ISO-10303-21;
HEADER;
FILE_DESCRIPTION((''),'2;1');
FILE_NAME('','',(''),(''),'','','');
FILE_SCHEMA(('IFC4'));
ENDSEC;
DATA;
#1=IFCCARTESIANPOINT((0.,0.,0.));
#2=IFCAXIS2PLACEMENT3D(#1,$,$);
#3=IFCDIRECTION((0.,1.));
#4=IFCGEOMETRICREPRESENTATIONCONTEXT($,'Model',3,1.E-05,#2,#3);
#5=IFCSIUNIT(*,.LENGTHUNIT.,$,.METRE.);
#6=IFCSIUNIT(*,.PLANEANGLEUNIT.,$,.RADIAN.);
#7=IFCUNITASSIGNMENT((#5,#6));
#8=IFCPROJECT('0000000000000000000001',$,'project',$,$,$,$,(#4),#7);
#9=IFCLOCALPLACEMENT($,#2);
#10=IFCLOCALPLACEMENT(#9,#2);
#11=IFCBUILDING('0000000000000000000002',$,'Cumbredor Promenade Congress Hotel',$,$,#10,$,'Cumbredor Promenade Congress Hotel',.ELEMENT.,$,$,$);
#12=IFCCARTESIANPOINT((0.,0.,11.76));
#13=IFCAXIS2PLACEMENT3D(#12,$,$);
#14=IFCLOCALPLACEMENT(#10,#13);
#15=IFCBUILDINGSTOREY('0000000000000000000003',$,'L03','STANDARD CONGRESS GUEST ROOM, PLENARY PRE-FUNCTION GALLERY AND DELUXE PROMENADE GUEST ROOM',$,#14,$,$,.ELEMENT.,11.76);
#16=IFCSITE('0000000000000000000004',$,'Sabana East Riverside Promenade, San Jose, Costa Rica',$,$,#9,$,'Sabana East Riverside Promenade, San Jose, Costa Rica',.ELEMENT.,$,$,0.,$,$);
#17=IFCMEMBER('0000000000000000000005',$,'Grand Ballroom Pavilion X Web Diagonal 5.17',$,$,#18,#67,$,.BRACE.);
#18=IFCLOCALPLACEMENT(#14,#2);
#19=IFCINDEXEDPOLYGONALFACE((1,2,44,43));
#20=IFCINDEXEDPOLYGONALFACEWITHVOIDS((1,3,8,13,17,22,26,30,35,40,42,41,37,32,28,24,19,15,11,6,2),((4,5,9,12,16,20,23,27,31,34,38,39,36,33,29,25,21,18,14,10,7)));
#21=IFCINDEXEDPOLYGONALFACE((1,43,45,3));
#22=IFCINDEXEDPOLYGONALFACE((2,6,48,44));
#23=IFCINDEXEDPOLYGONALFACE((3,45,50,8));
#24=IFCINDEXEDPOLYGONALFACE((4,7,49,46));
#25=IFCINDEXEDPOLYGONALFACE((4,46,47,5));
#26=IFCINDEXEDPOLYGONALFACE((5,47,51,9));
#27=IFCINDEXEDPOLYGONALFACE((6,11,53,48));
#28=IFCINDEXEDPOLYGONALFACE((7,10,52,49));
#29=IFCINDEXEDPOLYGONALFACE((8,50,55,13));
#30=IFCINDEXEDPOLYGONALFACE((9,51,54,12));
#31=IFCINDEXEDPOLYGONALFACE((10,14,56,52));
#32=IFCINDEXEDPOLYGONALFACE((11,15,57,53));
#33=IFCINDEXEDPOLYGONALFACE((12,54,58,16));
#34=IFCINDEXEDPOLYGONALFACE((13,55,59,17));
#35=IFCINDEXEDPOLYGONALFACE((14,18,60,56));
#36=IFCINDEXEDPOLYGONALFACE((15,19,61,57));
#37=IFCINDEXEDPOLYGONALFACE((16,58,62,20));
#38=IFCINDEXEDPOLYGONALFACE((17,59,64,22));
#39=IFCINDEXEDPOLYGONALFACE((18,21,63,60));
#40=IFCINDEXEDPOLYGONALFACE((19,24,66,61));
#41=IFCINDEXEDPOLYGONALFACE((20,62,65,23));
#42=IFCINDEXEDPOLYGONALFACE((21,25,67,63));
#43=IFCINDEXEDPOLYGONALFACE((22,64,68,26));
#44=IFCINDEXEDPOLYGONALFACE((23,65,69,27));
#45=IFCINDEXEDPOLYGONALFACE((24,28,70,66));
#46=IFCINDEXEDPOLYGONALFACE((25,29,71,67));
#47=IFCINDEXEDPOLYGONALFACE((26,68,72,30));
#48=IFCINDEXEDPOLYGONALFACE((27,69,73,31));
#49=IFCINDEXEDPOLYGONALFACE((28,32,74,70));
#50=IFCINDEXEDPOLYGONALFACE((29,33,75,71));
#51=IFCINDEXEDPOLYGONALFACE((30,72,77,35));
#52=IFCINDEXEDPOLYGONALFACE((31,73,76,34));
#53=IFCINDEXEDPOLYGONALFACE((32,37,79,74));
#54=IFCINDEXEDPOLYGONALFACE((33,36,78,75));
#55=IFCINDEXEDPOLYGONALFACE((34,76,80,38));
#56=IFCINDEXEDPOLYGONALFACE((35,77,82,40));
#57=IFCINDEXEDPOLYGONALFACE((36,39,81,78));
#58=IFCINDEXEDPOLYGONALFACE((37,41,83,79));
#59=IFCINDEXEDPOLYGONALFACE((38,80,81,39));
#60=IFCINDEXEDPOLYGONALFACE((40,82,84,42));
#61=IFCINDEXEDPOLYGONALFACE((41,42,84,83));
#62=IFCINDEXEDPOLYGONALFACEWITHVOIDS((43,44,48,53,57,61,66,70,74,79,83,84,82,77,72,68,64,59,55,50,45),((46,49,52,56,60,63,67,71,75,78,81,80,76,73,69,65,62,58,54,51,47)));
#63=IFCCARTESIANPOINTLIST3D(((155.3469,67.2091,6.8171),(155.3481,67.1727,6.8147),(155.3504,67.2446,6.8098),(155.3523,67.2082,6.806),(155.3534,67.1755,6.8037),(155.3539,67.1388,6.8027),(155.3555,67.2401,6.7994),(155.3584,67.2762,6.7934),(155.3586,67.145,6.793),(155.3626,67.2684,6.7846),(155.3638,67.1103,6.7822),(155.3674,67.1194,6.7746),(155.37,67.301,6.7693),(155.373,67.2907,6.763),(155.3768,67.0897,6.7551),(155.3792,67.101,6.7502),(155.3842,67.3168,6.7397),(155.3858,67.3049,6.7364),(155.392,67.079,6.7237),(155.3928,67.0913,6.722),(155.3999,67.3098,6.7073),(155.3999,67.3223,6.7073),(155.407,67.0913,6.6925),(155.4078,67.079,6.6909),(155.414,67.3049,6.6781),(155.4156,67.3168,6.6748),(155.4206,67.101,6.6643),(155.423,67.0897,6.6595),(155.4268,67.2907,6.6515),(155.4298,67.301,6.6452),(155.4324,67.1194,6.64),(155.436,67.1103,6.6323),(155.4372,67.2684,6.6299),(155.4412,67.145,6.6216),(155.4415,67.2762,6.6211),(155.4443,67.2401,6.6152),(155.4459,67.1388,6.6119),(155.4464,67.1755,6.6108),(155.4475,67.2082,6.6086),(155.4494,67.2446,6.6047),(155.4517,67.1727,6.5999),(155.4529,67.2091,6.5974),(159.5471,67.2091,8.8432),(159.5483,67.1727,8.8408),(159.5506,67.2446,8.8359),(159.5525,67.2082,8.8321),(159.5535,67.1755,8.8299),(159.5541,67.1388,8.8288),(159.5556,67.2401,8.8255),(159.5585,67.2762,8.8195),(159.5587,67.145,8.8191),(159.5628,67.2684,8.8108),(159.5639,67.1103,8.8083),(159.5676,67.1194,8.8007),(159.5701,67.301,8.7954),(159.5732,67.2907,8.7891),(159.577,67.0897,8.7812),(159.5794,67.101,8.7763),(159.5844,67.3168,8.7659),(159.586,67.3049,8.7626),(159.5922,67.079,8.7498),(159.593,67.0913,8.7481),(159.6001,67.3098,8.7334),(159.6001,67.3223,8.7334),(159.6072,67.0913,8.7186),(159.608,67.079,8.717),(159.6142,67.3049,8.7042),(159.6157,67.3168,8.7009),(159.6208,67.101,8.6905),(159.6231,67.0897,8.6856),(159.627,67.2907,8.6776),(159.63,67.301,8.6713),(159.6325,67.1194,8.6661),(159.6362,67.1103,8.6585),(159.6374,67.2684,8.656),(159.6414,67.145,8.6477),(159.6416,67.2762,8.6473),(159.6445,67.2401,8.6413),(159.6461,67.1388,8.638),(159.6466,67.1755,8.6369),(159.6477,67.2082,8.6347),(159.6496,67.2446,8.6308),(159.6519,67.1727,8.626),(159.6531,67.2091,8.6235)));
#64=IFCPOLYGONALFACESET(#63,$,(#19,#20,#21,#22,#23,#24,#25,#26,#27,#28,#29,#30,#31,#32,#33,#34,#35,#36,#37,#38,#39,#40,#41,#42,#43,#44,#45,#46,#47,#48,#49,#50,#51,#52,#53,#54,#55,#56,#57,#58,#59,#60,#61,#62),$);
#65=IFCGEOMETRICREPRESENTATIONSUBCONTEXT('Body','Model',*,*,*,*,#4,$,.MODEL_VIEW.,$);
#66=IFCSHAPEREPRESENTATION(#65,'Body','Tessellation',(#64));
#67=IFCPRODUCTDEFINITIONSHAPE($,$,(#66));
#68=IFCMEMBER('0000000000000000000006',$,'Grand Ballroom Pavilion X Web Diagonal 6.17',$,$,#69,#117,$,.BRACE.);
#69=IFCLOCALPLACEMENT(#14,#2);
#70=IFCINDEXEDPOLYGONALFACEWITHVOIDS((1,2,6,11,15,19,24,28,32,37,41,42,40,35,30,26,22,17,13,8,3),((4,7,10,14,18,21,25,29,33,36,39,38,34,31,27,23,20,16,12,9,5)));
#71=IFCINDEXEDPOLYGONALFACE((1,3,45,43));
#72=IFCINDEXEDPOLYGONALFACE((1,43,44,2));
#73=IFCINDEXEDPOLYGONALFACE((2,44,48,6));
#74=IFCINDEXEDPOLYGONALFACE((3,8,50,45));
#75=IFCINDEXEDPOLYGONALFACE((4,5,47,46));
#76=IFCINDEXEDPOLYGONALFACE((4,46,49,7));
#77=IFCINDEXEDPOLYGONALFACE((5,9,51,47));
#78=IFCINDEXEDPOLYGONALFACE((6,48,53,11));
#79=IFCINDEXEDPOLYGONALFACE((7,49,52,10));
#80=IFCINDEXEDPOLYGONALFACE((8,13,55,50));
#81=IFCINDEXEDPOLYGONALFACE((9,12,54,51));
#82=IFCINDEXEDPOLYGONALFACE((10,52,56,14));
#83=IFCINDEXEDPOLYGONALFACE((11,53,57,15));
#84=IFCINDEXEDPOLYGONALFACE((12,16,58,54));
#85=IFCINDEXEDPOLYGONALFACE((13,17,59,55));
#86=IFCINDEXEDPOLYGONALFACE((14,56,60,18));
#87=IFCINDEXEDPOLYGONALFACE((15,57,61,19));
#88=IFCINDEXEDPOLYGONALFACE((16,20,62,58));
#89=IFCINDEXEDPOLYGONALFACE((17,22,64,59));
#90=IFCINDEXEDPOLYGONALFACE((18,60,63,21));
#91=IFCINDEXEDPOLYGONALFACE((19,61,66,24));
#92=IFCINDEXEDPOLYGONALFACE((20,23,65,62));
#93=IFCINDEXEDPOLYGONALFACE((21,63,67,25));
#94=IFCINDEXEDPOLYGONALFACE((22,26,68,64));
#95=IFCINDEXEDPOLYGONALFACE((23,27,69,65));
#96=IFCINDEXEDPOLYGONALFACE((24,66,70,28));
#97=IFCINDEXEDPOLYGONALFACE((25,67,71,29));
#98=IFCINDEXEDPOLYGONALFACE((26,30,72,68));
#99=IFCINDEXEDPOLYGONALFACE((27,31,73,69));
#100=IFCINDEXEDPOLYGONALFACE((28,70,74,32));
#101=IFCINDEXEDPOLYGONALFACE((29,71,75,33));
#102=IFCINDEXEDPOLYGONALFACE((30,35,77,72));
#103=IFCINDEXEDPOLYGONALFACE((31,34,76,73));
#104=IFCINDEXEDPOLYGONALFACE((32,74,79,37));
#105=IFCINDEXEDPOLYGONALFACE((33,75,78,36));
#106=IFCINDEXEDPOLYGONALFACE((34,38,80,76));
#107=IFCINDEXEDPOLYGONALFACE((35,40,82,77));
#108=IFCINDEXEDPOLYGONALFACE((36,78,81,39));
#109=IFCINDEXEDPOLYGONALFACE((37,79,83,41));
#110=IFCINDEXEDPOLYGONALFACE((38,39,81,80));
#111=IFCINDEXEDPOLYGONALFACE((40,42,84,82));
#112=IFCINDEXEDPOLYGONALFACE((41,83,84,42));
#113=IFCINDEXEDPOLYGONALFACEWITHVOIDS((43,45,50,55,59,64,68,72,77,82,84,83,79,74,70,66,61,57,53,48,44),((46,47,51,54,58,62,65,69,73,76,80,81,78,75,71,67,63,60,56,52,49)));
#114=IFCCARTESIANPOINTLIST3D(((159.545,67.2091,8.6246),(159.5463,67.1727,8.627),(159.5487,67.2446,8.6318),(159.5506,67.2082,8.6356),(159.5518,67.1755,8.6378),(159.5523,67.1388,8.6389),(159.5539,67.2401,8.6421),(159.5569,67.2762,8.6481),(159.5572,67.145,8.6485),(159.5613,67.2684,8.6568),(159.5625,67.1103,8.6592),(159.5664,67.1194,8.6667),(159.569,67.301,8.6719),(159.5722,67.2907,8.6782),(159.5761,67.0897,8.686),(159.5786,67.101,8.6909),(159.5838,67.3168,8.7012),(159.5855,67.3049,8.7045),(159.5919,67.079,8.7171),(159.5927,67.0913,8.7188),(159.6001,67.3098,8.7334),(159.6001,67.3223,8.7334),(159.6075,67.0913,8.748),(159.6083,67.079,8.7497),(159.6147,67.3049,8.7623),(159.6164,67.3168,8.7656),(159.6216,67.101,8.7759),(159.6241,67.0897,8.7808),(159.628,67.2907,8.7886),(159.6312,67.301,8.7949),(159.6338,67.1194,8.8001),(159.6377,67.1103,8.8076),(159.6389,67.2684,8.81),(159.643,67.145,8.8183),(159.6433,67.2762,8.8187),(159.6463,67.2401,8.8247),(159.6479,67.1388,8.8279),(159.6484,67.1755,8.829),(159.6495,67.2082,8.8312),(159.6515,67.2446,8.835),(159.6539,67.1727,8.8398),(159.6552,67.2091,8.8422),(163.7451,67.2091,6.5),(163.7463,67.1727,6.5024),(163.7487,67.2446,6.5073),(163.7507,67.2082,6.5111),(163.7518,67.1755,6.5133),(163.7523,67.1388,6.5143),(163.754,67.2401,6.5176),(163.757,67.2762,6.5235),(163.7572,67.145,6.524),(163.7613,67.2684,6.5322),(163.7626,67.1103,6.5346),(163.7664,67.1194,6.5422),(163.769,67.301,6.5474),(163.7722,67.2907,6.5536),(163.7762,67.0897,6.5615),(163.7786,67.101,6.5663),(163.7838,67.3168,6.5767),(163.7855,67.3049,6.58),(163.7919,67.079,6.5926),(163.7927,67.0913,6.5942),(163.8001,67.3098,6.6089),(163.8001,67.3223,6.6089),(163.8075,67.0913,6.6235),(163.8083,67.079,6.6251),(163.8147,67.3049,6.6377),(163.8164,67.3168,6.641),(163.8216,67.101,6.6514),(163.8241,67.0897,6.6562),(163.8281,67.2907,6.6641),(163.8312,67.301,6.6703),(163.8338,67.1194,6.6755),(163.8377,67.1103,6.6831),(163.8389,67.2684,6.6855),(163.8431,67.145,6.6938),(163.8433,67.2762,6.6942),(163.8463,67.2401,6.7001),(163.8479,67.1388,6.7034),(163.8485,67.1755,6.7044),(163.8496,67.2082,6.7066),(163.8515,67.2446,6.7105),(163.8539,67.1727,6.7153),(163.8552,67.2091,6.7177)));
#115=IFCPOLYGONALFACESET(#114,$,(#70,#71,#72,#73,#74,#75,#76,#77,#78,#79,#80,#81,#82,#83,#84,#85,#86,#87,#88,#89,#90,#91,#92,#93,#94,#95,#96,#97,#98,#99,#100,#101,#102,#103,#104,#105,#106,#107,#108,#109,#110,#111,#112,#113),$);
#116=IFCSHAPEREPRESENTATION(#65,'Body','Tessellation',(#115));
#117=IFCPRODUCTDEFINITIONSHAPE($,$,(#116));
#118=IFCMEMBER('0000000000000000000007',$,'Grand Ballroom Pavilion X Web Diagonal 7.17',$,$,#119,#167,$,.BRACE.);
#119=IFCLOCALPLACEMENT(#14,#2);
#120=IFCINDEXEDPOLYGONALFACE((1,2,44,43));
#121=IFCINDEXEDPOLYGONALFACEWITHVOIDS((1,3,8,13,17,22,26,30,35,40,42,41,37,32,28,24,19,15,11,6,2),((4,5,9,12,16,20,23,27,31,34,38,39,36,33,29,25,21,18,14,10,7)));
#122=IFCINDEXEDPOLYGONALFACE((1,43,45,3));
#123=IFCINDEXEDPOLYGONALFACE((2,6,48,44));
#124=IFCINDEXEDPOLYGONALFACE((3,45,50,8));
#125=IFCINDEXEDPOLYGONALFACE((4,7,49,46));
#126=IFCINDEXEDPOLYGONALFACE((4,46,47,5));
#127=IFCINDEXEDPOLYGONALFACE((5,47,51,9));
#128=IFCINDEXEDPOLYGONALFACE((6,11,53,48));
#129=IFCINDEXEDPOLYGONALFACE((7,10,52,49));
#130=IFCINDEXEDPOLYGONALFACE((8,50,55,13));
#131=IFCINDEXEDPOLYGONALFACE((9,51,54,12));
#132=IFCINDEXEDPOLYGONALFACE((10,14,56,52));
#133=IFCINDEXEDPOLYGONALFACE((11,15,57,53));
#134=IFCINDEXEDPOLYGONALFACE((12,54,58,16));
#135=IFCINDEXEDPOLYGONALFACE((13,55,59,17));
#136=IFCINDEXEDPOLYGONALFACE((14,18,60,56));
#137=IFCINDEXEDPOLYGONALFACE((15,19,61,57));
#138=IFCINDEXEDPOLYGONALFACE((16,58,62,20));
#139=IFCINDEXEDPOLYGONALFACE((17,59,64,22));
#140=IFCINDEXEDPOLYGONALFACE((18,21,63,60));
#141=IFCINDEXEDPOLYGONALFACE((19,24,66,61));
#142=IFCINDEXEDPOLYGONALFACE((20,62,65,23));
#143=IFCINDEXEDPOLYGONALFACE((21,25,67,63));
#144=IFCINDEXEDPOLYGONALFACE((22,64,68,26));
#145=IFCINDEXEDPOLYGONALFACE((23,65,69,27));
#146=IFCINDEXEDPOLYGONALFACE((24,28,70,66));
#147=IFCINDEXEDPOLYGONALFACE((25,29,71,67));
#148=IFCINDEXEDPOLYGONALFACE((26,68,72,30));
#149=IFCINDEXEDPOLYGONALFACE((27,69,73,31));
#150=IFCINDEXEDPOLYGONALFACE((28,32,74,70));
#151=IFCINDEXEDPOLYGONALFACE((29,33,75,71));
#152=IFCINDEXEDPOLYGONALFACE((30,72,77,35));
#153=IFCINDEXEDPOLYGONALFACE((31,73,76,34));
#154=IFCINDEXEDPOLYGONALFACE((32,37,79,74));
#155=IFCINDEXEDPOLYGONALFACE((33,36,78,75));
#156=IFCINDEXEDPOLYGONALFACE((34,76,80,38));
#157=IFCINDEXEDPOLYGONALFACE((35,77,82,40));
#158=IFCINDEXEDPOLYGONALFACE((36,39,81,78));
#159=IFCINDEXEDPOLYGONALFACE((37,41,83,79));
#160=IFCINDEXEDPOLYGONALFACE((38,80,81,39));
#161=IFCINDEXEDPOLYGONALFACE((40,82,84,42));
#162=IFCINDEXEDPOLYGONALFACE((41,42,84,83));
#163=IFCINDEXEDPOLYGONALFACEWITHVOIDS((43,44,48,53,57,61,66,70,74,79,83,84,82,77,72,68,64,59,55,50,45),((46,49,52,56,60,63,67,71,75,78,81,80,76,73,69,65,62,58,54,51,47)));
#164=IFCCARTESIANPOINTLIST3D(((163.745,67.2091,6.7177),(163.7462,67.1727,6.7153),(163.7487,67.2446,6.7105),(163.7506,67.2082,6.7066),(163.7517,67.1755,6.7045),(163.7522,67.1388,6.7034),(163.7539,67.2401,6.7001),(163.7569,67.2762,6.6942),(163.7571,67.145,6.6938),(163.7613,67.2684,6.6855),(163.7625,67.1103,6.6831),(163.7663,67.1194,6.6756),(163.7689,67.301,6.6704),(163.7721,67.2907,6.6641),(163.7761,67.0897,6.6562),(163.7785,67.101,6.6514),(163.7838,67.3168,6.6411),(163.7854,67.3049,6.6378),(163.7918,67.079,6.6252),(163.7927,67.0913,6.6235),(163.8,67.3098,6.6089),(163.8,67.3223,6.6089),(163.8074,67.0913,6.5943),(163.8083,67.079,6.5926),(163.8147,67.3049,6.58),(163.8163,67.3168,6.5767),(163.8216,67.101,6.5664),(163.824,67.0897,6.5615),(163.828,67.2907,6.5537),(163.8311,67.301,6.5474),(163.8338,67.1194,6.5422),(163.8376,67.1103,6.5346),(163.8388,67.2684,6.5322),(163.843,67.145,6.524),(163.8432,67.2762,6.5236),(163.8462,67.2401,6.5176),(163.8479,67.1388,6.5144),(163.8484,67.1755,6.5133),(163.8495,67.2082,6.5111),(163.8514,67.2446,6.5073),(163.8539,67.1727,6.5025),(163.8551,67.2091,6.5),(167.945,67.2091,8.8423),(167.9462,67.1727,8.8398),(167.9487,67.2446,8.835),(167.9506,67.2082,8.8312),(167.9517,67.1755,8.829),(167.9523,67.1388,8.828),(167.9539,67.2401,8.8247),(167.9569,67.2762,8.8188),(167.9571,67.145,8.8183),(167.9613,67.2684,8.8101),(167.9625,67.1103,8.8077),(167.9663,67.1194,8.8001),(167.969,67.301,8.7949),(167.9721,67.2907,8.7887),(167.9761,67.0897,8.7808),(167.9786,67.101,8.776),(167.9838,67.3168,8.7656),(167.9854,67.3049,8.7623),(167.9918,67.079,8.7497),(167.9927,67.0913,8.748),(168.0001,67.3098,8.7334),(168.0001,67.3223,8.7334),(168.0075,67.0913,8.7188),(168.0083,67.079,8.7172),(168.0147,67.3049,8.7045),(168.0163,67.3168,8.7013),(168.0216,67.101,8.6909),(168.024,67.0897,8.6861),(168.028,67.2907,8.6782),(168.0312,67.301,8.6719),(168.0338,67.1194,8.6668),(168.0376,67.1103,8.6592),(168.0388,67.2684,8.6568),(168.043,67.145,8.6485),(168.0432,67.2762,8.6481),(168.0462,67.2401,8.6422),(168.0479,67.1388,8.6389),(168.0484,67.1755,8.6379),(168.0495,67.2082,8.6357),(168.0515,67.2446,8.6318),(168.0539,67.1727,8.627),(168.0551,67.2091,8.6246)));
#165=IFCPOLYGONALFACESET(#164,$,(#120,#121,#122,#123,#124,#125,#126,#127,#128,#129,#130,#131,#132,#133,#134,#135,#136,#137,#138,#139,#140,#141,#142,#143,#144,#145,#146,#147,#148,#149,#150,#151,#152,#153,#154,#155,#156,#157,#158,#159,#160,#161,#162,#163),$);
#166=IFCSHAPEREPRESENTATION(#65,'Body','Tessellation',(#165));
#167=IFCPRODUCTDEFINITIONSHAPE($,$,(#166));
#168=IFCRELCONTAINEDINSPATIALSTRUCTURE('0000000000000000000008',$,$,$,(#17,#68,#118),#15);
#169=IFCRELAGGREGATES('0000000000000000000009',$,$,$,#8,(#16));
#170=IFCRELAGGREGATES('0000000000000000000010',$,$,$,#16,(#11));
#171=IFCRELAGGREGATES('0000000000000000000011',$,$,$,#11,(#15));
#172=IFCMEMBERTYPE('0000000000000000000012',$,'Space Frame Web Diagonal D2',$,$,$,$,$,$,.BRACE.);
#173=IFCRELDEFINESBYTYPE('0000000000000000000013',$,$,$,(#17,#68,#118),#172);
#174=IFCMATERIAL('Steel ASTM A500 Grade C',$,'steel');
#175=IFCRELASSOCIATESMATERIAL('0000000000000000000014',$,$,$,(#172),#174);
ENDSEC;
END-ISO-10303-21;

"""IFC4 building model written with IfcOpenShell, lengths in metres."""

from ifc_helpers import new_model, si_unit, direction, frame, origin, origin_2d, place, context, subcontext, project, spatial, hollow_circle, extrude, material, material_profile, profile_set, type_object, element, save


model = new_model("IFC4")

# Units and contexts
model_context = context("Model", 3, precision=1e-05, world=origin(), true_north=direction((0.0, 1.0)))
body_context = subcontext(model_context, "Body", "Model", "MODEL_VIEW")
ifc_project = project(units=[si_unit("LENGTHUNIT", "METRE"), si_unit("PLANEANGLEUNIT", "RADIAN")], contexts=[model_context])

# Site, building, storey
site_placement = place(None, origin())
site = spatial("IfcSite", under=ifc_project, at=site_placement, Name="Sabana East Riverside Promenade, San Jose, Costa Rica", LongName="Sabana East Riverside Promenade, San Jose, Costa Rica", CompositionType="ELEMENT", RefElevation=0.0)
building_placement = place(site_placement, origin())
building = spatial("IfcBuilding", under=site, at=building_placement, Name="Cumbredor Promenade Congress Hotel", LongName="Cumbredor Promenade Congress Hotel", CompositionType="ELEMENT")
storey_placement = place(building_placement, frame((0.0, 0.0, 11.76)))
storey = spatial("IfcBuildingStorey", under=building, at=storey_placement, Name="L03", Description="STANDARD CONGRESS GUEST ROOM, PLENARY PRE-FUNCTION GALLERY AND DELUXE PROMENADE GUEST ROOM", CompositionType="ELEMENT", Elevation=11.76)

# Shared definitions
ifc_material_1 = material(Name="Steel ASTM A500 Grade C", Category="steel")

# Members
ifc_material_profile_1 = material_profile(ifc_material_1, hollow_circle(Radius=0.1223, WallThickness=0.0125, at=origin_2d()), Name="CHS 244.5x12.5")
ifc_profile_set_1 = profile_set([ifc_material_profile_1], Name="Steel ASTM A500 Grade C")
member_type_1 = type_object("IfcMemberType", Name="Space Frame Web Diagonal D2", PredefinedType="BRACE", material=ifc_profile_set_1)
member_1_placement = place(storey_placement, frame((155.3999, 67.2, 6.7073), z_axis=(0.900682, 0.0, 0.434478), x_axis=(0.0, 1.0, 0.0)))
element("IfcMember", 1, at=member_1_placement, inside=storey, type_object=member_type_1, Name="Grand Ballroom Pavilion X Web Diagonal 5.17", PredefinedType="BRACE", context=body_context, shape_type="SweptSolid", body=[
    extrude(hollow_circle(Radius=0.1223, WallThickness=0.0125, at=origin_2d()), origin(), (0.0, 0.0, 1.0), 4.6633),
])
for number, where, z_axis, x_axis, name in (
    (2, (159.6001, 67.2, 8.7334), (0.892332, 0.0, -0.451379), (0.0, 1.0, 0.0), "Grand Ballroom Pavilion X Web Diagonal 6.17"),
    (3, (163.8, 67.2, 6.6089), (0.892332, 0.0, 0.451379), (0.0, 1.0, 0.0), "Grand Ballroom Pavilion X Web Diagonal 7.17"),
):
    element("IfcMember", number, at=place(storey_placement, frame(where, z_axis=z_axis, x_axis=x_axis)), inside=storey, type_object=member_type_1, Name=name, PredefinedType="BRACE", context=body_context, shape_type="SweptSolid", body=[
        extrude(hollow_circle(Radius=0.1223, WallThickness=0.0125, at=origin_2d()), origin(), (0.0, 0.0, 1.0), 4.7068),
    ])

save(model, "model.ifc")
